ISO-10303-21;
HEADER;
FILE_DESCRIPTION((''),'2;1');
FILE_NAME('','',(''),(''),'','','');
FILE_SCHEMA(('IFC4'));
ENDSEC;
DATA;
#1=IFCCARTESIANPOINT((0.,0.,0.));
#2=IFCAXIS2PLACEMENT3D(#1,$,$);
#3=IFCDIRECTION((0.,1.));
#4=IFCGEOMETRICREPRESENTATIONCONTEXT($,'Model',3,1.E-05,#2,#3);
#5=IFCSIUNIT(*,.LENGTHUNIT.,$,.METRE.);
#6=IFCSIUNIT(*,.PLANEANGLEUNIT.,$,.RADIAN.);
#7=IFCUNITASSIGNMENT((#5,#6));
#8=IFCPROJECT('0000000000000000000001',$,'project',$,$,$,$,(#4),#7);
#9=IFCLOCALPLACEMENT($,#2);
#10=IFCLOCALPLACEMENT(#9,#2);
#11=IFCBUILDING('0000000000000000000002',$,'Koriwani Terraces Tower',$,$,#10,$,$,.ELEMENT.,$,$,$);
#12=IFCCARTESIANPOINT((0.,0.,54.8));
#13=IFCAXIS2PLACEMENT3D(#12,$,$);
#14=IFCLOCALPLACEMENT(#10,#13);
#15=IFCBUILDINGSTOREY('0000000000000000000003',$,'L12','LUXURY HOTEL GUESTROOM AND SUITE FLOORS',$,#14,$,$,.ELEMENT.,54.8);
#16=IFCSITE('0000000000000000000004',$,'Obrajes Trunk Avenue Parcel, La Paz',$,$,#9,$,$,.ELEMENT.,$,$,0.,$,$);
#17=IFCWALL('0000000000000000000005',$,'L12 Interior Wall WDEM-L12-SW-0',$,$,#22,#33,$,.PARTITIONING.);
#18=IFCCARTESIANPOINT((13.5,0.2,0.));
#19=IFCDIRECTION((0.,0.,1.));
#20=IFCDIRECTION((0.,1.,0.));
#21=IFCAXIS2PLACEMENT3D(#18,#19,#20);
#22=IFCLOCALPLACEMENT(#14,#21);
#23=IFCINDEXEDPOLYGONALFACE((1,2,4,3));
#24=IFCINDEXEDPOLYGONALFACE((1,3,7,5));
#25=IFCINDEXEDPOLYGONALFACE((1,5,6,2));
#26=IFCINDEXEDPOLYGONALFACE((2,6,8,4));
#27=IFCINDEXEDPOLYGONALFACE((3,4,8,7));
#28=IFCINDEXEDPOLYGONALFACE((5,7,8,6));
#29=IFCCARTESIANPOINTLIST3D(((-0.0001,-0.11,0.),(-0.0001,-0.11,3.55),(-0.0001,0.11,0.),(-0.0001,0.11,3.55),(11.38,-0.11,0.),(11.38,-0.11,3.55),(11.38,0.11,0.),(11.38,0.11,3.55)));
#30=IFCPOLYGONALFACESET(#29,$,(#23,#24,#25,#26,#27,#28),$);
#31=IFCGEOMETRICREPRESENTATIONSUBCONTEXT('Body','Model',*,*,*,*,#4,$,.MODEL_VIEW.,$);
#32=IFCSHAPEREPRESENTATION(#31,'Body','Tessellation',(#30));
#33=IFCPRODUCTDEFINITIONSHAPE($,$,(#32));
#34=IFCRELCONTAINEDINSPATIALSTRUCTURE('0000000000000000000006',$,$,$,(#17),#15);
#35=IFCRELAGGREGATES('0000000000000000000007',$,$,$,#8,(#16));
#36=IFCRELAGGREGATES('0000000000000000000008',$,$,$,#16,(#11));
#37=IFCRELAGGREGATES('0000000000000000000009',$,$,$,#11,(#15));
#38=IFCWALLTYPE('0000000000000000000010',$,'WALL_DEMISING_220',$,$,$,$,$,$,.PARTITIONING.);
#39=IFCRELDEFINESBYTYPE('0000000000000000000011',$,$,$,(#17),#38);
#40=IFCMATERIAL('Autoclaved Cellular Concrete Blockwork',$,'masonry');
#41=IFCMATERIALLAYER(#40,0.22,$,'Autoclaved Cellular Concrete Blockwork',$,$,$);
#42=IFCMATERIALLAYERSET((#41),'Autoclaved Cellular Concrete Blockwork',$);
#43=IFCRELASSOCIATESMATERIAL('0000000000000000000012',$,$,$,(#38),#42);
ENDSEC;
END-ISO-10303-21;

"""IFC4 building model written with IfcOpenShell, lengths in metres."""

from ifc_helpers import new_model, si_unit, direction, frame, frame_2d, origin, place, context, subcontext, project, spatial, rectangle, extrude, material, layer, layer_set, type_object, element, save


model = new_model("IFC4")

# Units and contexts
model_context = context("Model", 3, precision=1e-05, world=origin(), true_north=direction((0.0, 1.0)))
body_context = subcontext(model_context, "Body", "Model", "MODEL_VIEW")
ifc_project = project(units=[si_unit("LENGTHUNIT", "METRE"), si_unit("PLANEANGLEUNIT", "RADIAN")], contexts=[model_context])

# Site, building, storey
site_placement = place(None, origin())
site = spatial("IfcSite", under=ifc_project, at=site_placement, Name="Obrajes Trunk Avenue Parcel, La Paz", CompositionType="ELEMENT", RefElevation=0.0)
building_placement = place(site_placement, origin())
building = spatial("IfcBuilding", under=site, at=building_placement, Name="Koriwani Terraces Tower", CompositionType="ELEMENT")
storey_placement = place(building_placement, frame((0.0, 0.0, 54.8)))
storey = spatial("IfcBuildingStorey", under=building, at=storey_placement, Name="L12", Description="LUXURY HOTEL GUESTROOM AND SUITE FLOORS", CompositionType="ELEMENT", Elevation=54.8)

# Wall
ifc_material_1 = material(Name="Autoclaved Cellular Concrete Blockwork", Category="masonry")
ifc_layer_1 = layer(ifc_material_1, 0.22, Name="Autoclaved Cellular Concrete Blockwork")
ifc_layer_set_1 = layer_set([ifc_layer_1], Name="Autoclaved Cellular Concrete Blockwork")
wall_type_1 = type_object("IfcWallType", Name="WALL_DEMISING_220", PredefinedType="PARTITIONING", material=ifc_layer_set_1)
wall_1_placement = place(storey_placement, frame((13.5, 0.2, 0.0), z_axis=(0.0, 0.0, 1.0), x_axis=(0.0, 1.0, 0.0)))
element("IfcWall", 1, at=wall_1_placement, inside=storey, type_object=wall_type_1, Name="L12 Interior Wall WDEM-L12-SW-0", PredefinedType="PARTITIONING", context=body_context, shape_type="SweptSolid", body=[
    extrude(rectangle(XDim=11.3801, YDim=0.22, at=frame_2d((5.6899, 0.0))), origin(), (0.0, 0.0, 1.0), 3.55),
])

save(model, "model.ifc")
